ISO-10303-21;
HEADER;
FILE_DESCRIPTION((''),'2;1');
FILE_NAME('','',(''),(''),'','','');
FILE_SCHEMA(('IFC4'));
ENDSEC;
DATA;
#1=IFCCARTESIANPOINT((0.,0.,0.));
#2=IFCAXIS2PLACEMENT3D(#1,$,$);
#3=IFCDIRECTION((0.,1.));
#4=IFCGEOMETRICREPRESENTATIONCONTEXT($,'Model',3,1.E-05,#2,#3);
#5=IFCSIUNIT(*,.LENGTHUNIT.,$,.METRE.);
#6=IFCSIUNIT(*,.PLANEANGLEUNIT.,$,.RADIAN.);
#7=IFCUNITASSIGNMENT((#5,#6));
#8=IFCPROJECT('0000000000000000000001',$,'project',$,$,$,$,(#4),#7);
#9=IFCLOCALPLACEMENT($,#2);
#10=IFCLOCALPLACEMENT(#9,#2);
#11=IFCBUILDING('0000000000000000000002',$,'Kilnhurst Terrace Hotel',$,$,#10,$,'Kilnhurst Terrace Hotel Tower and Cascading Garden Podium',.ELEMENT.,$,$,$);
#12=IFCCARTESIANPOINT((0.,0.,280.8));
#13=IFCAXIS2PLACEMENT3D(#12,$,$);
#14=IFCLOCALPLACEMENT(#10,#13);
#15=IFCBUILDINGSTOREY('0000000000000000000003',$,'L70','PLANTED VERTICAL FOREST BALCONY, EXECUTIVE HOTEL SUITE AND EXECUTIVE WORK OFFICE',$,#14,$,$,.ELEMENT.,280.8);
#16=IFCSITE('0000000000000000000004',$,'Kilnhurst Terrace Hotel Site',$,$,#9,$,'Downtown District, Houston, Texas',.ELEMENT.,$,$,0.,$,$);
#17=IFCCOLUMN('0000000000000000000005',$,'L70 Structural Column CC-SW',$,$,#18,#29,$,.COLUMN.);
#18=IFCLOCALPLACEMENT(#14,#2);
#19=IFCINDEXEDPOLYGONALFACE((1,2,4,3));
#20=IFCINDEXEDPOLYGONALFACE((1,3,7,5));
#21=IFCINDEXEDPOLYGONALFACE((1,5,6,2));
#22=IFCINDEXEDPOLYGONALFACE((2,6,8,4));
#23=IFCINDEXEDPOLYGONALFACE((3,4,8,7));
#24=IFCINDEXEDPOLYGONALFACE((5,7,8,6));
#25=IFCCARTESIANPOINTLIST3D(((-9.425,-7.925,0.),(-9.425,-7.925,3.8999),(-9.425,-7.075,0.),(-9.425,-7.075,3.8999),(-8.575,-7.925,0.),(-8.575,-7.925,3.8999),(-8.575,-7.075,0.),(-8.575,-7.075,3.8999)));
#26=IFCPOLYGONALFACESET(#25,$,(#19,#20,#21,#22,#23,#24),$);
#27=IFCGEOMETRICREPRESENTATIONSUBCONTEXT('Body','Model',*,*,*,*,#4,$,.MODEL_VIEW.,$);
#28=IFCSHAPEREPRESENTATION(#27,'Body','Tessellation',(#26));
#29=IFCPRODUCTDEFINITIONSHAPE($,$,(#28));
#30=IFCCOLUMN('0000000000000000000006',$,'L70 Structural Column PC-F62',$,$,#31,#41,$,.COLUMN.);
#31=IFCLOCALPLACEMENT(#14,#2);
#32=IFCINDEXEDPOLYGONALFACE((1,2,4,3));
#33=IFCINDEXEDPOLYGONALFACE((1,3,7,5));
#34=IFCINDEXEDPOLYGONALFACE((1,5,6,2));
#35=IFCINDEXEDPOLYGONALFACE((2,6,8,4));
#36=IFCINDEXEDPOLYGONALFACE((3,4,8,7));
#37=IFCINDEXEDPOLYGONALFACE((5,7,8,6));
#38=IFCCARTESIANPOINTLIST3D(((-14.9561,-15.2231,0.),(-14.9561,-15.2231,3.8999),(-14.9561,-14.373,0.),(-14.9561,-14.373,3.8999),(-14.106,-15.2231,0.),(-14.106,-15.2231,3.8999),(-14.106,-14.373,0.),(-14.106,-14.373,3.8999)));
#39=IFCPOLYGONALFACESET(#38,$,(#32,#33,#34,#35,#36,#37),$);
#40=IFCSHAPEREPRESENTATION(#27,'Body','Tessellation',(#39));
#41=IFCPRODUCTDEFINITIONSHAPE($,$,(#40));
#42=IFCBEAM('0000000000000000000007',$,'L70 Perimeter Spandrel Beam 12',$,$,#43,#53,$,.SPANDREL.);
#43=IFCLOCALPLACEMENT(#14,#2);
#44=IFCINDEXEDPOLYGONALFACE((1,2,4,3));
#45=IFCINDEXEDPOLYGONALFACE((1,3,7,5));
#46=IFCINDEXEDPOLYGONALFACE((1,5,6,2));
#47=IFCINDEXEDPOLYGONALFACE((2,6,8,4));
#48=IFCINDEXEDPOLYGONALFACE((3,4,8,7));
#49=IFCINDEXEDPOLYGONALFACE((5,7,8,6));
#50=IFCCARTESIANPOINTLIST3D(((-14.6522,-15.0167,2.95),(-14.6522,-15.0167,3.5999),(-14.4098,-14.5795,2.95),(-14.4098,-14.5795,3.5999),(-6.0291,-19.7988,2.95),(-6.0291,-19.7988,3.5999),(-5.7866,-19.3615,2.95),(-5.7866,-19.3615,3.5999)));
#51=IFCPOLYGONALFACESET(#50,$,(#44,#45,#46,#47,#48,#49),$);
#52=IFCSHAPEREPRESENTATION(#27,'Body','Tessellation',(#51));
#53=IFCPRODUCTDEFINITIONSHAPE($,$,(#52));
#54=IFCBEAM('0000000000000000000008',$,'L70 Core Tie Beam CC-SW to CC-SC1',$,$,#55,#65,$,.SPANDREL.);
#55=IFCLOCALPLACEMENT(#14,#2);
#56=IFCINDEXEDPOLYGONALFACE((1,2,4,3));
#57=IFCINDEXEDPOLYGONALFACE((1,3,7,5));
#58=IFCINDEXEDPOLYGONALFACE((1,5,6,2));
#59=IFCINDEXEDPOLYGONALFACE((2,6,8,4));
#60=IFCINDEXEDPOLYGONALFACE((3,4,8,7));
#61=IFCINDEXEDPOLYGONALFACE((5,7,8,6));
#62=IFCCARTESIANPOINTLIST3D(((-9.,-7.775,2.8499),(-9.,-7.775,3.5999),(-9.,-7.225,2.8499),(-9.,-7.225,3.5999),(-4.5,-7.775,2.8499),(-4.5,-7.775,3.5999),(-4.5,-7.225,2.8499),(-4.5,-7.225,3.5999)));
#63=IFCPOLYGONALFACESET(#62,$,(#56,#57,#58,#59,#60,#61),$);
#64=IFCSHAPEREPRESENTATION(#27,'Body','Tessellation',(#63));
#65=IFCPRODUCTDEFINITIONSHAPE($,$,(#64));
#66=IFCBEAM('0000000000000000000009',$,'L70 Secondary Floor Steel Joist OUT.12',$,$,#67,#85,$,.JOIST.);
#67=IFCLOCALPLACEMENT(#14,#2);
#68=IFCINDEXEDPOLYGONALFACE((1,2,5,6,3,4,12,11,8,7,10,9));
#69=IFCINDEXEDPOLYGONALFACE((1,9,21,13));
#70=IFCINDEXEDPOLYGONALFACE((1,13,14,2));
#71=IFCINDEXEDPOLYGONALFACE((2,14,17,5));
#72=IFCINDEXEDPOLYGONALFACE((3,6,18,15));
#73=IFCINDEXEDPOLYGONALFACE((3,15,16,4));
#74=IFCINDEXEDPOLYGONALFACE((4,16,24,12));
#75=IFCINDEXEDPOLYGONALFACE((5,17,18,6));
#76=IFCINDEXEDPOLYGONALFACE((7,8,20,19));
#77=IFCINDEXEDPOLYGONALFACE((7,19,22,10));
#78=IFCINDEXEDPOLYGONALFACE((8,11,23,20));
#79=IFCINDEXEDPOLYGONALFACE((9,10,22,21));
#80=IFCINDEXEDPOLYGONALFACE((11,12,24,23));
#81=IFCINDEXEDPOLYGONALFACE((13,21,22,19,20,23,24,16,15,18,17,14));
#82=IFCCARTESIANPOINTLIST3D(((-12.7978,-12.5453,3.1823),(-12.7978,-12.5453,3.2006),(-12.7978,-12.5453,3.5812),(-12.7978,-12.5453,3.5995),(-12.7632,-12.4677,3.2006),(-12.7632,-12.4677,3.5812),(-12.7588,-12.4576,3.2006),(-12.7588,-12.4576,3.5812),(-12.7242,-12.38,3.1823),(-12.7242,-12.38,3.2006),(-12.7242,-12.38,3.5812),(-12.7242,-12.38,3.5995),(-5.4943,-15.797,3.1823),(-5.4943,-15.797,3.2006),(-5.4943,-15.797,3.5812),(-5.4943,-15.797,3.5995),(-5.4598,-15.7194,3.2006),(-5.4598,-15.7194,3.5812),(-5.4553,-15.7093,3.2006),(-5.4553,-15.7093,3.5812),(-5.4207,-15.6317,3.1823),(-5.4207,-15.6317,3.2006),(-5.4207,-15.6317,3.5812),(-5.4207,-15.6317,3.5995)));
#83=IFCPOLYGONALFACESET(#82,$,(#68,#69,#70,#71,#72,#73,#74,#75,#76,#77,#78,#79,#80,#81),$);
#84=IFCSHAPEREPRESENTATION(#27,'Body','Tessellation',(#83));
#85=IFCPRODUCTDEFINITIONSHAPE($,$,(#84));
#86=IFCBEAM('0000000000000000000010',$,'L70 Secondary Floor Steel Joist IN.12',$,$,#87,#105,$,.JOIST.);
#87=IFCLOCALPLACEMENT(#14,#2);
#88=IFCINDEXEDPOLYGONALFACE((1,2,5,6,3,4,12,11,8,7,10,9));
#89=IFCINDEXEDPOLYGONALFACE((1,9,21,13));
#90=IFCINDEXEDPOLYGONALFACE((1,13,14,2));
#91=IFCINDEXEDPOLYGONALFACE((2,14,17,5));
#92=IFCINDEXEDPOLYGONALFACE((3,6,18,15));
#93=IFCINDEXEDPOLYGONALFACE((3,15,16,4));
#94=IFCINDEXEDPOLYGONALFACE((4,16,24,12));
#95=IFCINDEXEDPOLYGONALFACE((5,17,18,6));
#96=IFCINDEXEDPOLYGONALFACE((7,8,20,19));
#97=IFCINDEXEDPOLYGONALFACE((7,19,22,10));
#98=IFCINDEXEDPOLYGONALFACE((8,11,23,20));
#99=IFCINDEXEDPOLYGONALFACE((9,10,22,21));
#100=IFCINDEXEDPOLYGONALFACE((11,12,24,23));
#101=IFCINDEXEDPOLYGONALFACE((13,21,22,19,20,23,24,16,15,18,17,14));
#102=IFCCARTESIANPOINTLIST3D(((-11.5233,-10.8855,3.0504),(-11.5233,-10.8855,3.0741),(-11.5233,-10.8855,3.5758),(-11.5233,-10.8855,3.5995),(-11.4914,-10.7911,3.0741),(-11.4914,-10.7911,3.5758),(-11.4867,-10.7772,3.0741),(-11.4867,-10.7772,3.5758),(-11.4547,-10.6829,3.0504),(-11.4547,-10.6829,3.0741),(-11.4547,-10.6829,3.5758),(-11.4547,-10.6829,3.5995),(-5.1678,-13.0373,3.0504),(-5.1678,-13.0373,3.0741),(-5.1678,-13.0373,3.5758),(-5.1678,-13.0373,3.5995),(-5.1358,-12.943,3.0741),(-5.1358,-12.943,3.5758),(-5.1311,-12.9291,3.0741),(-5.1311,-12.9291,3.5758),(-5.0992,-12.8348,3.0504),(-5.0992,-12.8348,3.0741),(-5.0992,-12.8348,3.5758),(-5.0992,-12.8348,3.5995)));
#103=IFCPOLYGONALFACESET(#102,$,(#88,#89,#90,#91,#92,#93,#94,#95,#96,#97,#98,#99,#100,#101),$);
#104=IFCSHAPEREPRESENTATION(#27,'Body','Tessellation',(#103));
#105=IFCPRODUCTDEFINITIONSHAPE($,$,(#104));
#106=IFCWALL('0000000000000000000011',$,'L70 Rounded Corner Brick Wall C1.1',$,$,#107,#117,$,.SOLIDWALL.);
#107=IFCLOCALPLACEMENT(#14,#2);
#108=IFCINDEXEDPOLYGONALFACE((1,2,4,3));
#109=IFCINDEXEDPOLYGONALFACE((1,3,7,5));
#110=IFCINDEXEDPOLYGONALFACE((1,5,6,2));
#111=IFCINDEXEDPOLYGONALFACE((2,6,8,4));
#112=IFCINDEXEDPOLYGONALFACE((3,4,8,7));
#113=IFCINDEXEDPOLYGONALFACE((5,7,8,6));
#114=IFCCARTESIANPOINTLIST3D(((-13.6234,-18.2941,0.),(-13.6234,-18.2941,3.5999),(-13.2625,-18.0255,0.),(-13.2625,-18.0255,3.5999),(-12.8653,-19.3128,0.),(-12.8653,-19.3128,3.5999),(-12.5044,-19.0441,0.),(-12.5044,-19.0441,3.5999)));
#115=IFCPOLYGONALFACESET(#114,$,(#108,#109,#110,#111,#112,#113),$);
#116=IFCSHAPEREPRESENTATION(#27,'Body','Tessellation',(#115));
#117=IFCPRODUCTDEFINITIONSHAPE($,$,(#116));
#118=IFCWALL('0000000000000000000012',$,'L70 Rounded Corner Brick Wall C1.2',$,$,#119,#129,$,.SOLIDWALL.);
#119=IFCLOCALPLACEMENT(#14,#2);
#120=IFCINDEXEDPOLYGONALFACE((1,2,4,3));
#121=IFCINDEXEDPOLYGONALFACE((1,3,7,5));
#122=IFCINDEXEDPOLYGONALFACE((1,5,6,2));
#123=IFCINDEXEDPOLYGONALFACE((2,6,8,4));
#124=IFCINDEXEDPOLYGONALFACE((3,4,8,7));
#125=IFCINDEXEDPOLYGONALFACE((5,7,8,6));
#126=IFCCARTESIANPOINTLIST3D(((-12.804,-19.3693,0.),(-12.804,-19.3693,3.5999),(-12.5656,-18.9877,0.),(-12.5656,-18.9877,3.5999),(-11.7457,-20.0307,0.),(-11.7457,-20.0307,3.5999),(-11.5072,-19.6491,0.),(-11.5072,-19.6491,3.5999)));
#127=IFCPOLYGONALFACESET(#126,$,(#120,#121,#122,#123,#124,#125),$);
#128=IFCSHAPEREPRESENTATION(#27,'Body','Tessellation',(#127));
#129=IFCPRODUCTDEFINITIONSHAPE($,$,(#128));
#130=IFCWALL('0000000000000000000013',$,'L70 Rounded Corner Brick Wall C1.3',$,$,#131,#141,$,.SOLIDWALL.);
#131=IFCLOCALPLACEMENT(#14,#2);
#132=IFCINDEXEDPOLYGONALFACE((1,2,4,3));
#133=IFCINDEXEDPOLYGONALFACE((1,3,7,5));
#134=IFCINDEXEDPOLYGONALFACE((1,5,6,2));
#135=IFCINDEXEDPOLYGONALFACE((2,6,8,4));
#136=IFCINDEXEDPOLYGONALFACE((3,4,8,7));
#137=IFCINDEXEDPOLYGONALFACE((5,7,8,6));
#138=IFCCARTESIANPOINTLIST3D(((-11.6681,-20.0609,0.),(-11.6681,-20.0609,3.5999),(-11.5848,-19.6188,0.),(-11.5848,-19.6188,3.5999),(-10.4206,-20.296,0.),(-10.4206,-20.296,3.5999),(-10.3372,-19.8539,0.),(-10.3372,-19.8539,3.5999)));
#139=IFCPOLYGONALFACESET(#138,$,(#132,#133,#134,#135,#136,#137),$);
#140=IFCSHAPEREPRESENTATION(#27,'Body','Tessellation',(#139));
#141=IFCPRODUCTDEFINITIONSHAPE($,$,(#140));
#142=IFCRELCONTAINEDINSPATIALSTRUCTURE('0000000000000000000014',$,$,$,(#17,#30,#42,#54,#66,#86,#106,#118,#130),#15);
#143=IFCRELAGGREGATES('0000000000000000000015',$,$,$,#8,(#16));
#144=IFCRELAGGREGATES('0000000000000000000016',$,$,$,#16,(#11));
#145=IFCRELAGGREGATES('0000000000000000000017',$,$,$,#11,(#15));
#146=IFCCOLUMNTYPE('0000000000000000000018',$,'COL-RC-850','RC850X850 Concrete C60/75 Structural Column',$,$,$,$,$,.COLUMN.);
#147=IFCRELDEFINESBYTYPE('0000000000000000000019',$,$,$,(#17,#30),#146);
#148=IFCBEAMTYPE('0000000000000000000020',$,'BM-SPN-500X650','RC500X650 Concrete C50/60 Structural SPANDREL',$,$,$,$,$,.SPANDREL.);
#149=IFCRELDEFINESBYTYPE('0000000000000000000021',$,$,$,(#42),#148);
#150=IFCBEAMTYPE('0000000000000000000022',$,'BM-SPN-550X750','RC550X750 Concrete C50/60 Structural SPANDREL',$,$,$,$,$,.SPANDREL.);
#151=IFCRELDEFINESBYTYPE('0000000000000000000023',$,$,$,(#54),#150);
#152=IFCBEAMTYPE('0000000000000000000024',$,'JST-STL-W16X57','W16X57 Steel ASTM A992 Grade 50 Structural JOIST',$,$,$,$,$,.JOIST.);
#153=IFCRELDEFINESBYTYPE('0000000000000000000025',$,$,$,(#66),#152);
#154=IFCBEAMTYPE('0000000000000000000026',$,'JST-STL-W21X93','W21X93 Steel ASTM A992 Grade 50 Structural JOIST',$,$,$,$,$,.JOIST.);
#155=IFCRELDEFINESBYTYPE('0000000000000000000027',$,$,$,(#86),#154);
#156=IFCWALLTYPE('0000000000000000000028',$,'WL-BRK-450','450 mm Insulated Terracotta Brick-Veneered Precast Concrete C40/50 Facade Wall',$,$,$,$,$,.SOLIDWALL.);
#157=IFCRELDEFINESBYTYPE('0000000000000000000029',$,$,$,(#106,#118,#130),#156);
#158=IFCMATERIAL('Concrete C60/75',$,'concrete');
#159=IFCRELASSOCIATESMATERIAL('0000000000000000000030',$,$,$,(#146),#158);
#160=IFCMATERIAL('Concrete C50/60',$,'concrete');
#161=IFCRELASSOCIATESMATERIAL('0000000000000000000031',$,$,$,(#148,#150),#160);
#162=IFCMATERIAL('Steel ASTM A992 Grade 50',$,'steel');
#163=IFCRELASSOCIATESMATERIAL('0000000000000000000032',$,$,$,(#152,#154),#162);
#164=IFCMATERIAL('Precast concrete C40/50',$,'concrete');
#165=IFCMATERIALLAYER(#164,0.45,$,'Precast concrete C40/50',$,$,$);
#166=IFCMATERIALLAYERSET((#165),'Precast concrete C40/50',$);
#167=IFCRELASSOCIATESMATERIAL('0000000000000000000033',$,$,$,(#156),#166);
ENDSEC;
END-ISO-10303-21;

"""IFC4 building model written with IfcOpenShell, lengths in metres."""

from ifc_helpers import new_model, si_unit, direction, frame, frame_2d, origin, origin_2d, place, context, subcontext, project, spatial, rectangle, i_section, extrude, material, layer, layer_set, material_profile, profile_set, type_object, element, save


model = new_model("IFC4")

# Units and contexts
model_context = context("Model", 3, precision=1e-05, world=origin(), true_north=direction((0.0, 1.0)))
body_context = subcontext(model_context, "Body", "Model", "MODEL_VIEW")
ifc_project = project(units=[si_unit("LENGTHUNIT", "METRE"), si_unit("PLANEANGLEUNIT", "RADIAN")], contexts=[model_context])

# Site, building, storey
site_placement = place(None, origin())
site = spatial("IfcSite", under=ifc_project, at=site_placement, Name="Kilnhurst Terrace Hotel Site", LongName="Downtown District, Houston, Texas", CompositionType="ELEMENT", RefElevation=0.0)
building_placement = place(site_placement, origin())
building = spatial("IfcBuilding", under=site, at=building_placement, Name="Kilnhurst Terrace Hotel", LongName="Kilnhurst Terrace Hotel Tower and Cascading Garden Podium", CompositionType="ELEMENT")
storey_placement = place(building_placement, frame((0.0, 0.0, 280.8)))
storey = spatial("IfcBuildingStorey", under=building, at=storey_placement, Name="L70", Description="PLANTED VERTICAL FOREST BALCONY, EXECUTIVE HOTEL SUITE AND EXECUTIVE WORK OFFICE", CompositionType="ELEMENT", Elevation=280.8)

# Columns
ifc_material_1 = material(Name="Concrete C60/75", Category="concrete")
ifc_material_profile_1 = material_profile(ifc_material_1, rectangle(XDim=0.8501, YDim=0.8501, at=origin_2d()), Name="RC850X850")
ifc_profile_set_1 = profile_set([ifc_material_profile_1], Name="Concrete C60/75")
column_type = type_object("IfcColumnType", Name="COL-RC-850", Description="RC850X850 Concrete C60/75 Structural Column", PredefinedType="COLUMN", material=ifc_profile_set_1)
for number, where, z_axis, x_axis, name in (
    (1, (-9.0, -7.5, 0.0), (0.0, 0.0, 1.0), (1.0, 0.0, 0.0), "L70 Structural Column CC-SW"),
    (2, (-14.531, -14.7981, 0.0), (0.0, 0.0, 1.0), (1.0, 0.0, 0.0), "L70 Structural Column PC-F62"),
):
    element("IfcColumn", number, at=place(storey_placement, frame(where, z_axis=z_axis, x_axis=x_axis)), inside=storey, type_object=column_type, Name=name, PredefinedType="COLUMN", context=body_context, shape_type="SweptSolid", body=[
        extrude(rectangle(XDim=0.8501, YDim=0.8501, at=origin_2d()), origin(), (0.0, 0.0, 1.0), 3.8999),
    ])

# Beams
ifc_material_2 = material(Name="Concrete C50/60", Category="concrete")
ifc_material_profile_2 = material_profile(ifc_material_2, rectangle(XDim=0.5, YDim=0.6499, at=origin_2d()), Name="RC500X650")
ifc_profile_set_2 = profile_set([ifc_material_profile_2], Name="Concrete C50/60")
beam_type_1 = type_object("IfcBeamType", Name="BM-SPN-500X650", Description="RC500X650 Concrete C50/60 Structural SPANDREL", PredefinedType="SPANDREL", material=ifc_profile_set_2)
beam_1_placement = place(storey_placement, frame((-14.531, -14.7981, 3.2749), z_axis=(0.874527, -0.484976, 0.0), x_axis=(0.484976, 0.874527, 0.0)))
element("IfcBeam", 3, at=beam_1_placement, inside=storey, type_object=beam_type_1, Name="L70 Perimeter Spandrel Beam 12", PredefinedType="SPANDREL", context=body_context, shape_type="SweptSolid", body=[
    extrude(rectangle(XDim=0.5, YDim=0.6499, at=origin_2d()), origin(), (0.0, 0.0, 1.0), 9.8604),
])
ifc_material_profile_3 = material_profile(ifc_material_2, rectangle(XDim=0.55, YDim=0.75, at=origin_2d()), Name="RC550X750")
ifc_profile_set_3 = profile_set([ifc_material_profile_3], Name="Concrete C50/60")
beam_type_2 = type_object("IfcBeamType", Name="BM-SPN-550X750", Description="RC550X750 Concrete C50/60 Structural SPANDREL", PredefinedType="SPANDREL", material=ifc_profile_set_3)
beam_2_placement = place(storey_placement, frame((-9.0, -7.5, 3.2249), z_axis=(1.0, 0.0, 0.0), x_axis=(0.0, 1.0, 0.0)))
element("IfcBeam", 4, at=beam_2_placement, inside=storey, type_object=beam_type_2, Name="L70 Core Tie Beam CC-SW to CC-SC1", PredefinedType="SPANDREL", context=body_context, shape_type="SweptSolid", body=[
    extrude(rectangle(XDim=0.55, YDim=0.75, at=origin_2d()), origin(), (0.0, 0.0, 1.0), 4.5),
])
ifc_material_3 = material(Name="Steel ASTM A992 Grade 50", Category="steel")
ifc_material_profile_4 = material_profile(ifc_material_3, i_section(OverallWidth=0.1809, OverallDepth=0.4172, WebThickness=0.011, FlangeThickness=0.0183, at=origin_2d()), Name="W16X57")
ifc_profile_set_4 = profile_set([ifc_material_profile_4], Name="Steel ASTM A992 Grade 50")
beam_type_3 = type_object("IfcBeamType", Name="JST-STL-W16X57", Description="W16X57 Steel ASTM A992 Grade 50 Structural JOIST", PredefinedType="JOIST", material=ifc_profile_set_4)
beam_3_placement = place(storey_placement, frame((-12.761, -12.4626, 3.3909), z_axis=(0.913546, -0.406736, 0.0), x_axis=(0.406736, 0.913546, 0.0)))
element("IfcBeam", 5, at=beam_3_placement, inside=storey, type_object=beam_type_3, Name="L70 Secondary Floor Steel Joist OUT.12", PredefinedType="JOIST", context=body_context, shape_type="SweptSolid", body=[
    extrude(i_section(OverallWidth=0.1809, OverallDepth=0.4172, WebThickness=0.011, FlangeThickness=0.0183, at=origin_2d()), origin(), (0.0, 0.0, 1.0), 7.9946),
])
ifc_material_profile_5 = material_profile(ifc_material_3, i_section(OverallWidth=0.2139, OverallDepth=0.5491, WebThickness=0.0146, FlangeThickness=0.0237, at=origin_2d()), Name="W21X93")
ifc_profile_set_5 = profile_set([ifc_material_profile_5], Name="Steel ASTM A992 Grade 50")
beam_type_4 = type_object("IfcBeamType", Name="JST-STL-W21X93", Description="W21X93 Steel ASTM A992 Grade 50 Structural JOIST", PredefinedType="JOIST", material=ifc_profile_set_5)
beam_4_placement = place(storey_placement, frame((-11.489, -10.7842, 3.325), z_axis=(0.947181, -0.3207, 0.0), x_axis=(0.3207, 0.947181, 0.0)))
element("IfcBeam", 6, at=beam_4_placement, inside=storey, type_object=beam_type_4, Name="L70 Secondary Floor Steel Joist IN.12", PredefinedType="JOIST", context=body_context, shape_type="SweptSolid", body=[
    extrude(i_section(OverallWidth=0.2139, OverallDepth=0.5491, WebThickness=0.0146, FlangeThickness=0.0237, at=origin_2d()), origin(), (0.0, 0.0, 1.0), 6.71),
])

# Walls
ifc_material_4 = material(Name="Precast concrete C40/50", Category="concrete")
ifc_layer_1 = layer(ifc_material_4, 0.45, Name="Precast concrete C40/50")
ifc_layer_set_1 = layer_set([ifc_layer_1], Name="Precast concrete C40/50")
wall_type_1 = type_object("IfcWallType", Name="WL-BRK-450", Description="450 mm Insulated Terracotta Brick-Veneered Precast Concrete C40/50 Facade Wall", PredefinedType="SOLIDWALL", material=ifc_layer_set_1)
wall_1_placement = place(storey_placement, frame((-13.4429, -18.1599, 0.0), z_axis=(0.0, 0.0, 1.0), x_axis=(0.597042, -0.80221, 0.0)))
element("IfcWall", 7, at=wall_1_placement, inside=storey, type_object=wall_type_1, Name="L70 Rounded Corner Brick Wall C1.1", PredefinedType="SOLIDWALL", context=body_context, shape_type="SweptSolid", body=[
    extrude(rectangle(XDim=1.2698, YDim=0.45, at=frame_2d((0.6348, 0.0))), origin(), (0.0, 0.0, 1.0), 3.5999),
])
wall_2_placement = place(storey_placement, frame((-12.6848, -19.1785, 0.0), z_axis=(0.0, 0.0, 1.0), x_axis=(0.848031, -0.529946, 0.0)))
element("IfcWall", 8, at=wall_2_placement, inside=storey, type_object=wall_type_1, Name="L70 Rounded Corner Brick Wall C1.2", PredefinedType="SOLIDWALL", context=body_context, shape_type="SweptSolid", body=[
    extrude(rectangle(XDim=1.248, YDim=0.45, at=frame_2d((0.624, 0.0))), origin(), (0.0, 0.0, 1.0), 3.5999),
])
wall_3_placement = place(storey_placement, frame((-11.6265, -19.8398, 0.0), z_axis=(0.0, 0.0, 1.0), x_axis=(0.982702, -0.185194, 0.0)))
element("IfcWall", 9, at=wall_3_placement, inside=storey, type_object=wall_type_1, Name="L70 Rounded Corner Brick Wall C1.3", PredefinedType="SOLIDWALL", context=body_context, shape_type="SweptSolid", body=[
    extrude(rectangle(XDim=1.2695, YDim=0.45, at=frame_2d((0.6348, 0.0))), origin(), (0.0, 0.0, 1.0), 3.5999),
])

save(model, "model.ifc")
